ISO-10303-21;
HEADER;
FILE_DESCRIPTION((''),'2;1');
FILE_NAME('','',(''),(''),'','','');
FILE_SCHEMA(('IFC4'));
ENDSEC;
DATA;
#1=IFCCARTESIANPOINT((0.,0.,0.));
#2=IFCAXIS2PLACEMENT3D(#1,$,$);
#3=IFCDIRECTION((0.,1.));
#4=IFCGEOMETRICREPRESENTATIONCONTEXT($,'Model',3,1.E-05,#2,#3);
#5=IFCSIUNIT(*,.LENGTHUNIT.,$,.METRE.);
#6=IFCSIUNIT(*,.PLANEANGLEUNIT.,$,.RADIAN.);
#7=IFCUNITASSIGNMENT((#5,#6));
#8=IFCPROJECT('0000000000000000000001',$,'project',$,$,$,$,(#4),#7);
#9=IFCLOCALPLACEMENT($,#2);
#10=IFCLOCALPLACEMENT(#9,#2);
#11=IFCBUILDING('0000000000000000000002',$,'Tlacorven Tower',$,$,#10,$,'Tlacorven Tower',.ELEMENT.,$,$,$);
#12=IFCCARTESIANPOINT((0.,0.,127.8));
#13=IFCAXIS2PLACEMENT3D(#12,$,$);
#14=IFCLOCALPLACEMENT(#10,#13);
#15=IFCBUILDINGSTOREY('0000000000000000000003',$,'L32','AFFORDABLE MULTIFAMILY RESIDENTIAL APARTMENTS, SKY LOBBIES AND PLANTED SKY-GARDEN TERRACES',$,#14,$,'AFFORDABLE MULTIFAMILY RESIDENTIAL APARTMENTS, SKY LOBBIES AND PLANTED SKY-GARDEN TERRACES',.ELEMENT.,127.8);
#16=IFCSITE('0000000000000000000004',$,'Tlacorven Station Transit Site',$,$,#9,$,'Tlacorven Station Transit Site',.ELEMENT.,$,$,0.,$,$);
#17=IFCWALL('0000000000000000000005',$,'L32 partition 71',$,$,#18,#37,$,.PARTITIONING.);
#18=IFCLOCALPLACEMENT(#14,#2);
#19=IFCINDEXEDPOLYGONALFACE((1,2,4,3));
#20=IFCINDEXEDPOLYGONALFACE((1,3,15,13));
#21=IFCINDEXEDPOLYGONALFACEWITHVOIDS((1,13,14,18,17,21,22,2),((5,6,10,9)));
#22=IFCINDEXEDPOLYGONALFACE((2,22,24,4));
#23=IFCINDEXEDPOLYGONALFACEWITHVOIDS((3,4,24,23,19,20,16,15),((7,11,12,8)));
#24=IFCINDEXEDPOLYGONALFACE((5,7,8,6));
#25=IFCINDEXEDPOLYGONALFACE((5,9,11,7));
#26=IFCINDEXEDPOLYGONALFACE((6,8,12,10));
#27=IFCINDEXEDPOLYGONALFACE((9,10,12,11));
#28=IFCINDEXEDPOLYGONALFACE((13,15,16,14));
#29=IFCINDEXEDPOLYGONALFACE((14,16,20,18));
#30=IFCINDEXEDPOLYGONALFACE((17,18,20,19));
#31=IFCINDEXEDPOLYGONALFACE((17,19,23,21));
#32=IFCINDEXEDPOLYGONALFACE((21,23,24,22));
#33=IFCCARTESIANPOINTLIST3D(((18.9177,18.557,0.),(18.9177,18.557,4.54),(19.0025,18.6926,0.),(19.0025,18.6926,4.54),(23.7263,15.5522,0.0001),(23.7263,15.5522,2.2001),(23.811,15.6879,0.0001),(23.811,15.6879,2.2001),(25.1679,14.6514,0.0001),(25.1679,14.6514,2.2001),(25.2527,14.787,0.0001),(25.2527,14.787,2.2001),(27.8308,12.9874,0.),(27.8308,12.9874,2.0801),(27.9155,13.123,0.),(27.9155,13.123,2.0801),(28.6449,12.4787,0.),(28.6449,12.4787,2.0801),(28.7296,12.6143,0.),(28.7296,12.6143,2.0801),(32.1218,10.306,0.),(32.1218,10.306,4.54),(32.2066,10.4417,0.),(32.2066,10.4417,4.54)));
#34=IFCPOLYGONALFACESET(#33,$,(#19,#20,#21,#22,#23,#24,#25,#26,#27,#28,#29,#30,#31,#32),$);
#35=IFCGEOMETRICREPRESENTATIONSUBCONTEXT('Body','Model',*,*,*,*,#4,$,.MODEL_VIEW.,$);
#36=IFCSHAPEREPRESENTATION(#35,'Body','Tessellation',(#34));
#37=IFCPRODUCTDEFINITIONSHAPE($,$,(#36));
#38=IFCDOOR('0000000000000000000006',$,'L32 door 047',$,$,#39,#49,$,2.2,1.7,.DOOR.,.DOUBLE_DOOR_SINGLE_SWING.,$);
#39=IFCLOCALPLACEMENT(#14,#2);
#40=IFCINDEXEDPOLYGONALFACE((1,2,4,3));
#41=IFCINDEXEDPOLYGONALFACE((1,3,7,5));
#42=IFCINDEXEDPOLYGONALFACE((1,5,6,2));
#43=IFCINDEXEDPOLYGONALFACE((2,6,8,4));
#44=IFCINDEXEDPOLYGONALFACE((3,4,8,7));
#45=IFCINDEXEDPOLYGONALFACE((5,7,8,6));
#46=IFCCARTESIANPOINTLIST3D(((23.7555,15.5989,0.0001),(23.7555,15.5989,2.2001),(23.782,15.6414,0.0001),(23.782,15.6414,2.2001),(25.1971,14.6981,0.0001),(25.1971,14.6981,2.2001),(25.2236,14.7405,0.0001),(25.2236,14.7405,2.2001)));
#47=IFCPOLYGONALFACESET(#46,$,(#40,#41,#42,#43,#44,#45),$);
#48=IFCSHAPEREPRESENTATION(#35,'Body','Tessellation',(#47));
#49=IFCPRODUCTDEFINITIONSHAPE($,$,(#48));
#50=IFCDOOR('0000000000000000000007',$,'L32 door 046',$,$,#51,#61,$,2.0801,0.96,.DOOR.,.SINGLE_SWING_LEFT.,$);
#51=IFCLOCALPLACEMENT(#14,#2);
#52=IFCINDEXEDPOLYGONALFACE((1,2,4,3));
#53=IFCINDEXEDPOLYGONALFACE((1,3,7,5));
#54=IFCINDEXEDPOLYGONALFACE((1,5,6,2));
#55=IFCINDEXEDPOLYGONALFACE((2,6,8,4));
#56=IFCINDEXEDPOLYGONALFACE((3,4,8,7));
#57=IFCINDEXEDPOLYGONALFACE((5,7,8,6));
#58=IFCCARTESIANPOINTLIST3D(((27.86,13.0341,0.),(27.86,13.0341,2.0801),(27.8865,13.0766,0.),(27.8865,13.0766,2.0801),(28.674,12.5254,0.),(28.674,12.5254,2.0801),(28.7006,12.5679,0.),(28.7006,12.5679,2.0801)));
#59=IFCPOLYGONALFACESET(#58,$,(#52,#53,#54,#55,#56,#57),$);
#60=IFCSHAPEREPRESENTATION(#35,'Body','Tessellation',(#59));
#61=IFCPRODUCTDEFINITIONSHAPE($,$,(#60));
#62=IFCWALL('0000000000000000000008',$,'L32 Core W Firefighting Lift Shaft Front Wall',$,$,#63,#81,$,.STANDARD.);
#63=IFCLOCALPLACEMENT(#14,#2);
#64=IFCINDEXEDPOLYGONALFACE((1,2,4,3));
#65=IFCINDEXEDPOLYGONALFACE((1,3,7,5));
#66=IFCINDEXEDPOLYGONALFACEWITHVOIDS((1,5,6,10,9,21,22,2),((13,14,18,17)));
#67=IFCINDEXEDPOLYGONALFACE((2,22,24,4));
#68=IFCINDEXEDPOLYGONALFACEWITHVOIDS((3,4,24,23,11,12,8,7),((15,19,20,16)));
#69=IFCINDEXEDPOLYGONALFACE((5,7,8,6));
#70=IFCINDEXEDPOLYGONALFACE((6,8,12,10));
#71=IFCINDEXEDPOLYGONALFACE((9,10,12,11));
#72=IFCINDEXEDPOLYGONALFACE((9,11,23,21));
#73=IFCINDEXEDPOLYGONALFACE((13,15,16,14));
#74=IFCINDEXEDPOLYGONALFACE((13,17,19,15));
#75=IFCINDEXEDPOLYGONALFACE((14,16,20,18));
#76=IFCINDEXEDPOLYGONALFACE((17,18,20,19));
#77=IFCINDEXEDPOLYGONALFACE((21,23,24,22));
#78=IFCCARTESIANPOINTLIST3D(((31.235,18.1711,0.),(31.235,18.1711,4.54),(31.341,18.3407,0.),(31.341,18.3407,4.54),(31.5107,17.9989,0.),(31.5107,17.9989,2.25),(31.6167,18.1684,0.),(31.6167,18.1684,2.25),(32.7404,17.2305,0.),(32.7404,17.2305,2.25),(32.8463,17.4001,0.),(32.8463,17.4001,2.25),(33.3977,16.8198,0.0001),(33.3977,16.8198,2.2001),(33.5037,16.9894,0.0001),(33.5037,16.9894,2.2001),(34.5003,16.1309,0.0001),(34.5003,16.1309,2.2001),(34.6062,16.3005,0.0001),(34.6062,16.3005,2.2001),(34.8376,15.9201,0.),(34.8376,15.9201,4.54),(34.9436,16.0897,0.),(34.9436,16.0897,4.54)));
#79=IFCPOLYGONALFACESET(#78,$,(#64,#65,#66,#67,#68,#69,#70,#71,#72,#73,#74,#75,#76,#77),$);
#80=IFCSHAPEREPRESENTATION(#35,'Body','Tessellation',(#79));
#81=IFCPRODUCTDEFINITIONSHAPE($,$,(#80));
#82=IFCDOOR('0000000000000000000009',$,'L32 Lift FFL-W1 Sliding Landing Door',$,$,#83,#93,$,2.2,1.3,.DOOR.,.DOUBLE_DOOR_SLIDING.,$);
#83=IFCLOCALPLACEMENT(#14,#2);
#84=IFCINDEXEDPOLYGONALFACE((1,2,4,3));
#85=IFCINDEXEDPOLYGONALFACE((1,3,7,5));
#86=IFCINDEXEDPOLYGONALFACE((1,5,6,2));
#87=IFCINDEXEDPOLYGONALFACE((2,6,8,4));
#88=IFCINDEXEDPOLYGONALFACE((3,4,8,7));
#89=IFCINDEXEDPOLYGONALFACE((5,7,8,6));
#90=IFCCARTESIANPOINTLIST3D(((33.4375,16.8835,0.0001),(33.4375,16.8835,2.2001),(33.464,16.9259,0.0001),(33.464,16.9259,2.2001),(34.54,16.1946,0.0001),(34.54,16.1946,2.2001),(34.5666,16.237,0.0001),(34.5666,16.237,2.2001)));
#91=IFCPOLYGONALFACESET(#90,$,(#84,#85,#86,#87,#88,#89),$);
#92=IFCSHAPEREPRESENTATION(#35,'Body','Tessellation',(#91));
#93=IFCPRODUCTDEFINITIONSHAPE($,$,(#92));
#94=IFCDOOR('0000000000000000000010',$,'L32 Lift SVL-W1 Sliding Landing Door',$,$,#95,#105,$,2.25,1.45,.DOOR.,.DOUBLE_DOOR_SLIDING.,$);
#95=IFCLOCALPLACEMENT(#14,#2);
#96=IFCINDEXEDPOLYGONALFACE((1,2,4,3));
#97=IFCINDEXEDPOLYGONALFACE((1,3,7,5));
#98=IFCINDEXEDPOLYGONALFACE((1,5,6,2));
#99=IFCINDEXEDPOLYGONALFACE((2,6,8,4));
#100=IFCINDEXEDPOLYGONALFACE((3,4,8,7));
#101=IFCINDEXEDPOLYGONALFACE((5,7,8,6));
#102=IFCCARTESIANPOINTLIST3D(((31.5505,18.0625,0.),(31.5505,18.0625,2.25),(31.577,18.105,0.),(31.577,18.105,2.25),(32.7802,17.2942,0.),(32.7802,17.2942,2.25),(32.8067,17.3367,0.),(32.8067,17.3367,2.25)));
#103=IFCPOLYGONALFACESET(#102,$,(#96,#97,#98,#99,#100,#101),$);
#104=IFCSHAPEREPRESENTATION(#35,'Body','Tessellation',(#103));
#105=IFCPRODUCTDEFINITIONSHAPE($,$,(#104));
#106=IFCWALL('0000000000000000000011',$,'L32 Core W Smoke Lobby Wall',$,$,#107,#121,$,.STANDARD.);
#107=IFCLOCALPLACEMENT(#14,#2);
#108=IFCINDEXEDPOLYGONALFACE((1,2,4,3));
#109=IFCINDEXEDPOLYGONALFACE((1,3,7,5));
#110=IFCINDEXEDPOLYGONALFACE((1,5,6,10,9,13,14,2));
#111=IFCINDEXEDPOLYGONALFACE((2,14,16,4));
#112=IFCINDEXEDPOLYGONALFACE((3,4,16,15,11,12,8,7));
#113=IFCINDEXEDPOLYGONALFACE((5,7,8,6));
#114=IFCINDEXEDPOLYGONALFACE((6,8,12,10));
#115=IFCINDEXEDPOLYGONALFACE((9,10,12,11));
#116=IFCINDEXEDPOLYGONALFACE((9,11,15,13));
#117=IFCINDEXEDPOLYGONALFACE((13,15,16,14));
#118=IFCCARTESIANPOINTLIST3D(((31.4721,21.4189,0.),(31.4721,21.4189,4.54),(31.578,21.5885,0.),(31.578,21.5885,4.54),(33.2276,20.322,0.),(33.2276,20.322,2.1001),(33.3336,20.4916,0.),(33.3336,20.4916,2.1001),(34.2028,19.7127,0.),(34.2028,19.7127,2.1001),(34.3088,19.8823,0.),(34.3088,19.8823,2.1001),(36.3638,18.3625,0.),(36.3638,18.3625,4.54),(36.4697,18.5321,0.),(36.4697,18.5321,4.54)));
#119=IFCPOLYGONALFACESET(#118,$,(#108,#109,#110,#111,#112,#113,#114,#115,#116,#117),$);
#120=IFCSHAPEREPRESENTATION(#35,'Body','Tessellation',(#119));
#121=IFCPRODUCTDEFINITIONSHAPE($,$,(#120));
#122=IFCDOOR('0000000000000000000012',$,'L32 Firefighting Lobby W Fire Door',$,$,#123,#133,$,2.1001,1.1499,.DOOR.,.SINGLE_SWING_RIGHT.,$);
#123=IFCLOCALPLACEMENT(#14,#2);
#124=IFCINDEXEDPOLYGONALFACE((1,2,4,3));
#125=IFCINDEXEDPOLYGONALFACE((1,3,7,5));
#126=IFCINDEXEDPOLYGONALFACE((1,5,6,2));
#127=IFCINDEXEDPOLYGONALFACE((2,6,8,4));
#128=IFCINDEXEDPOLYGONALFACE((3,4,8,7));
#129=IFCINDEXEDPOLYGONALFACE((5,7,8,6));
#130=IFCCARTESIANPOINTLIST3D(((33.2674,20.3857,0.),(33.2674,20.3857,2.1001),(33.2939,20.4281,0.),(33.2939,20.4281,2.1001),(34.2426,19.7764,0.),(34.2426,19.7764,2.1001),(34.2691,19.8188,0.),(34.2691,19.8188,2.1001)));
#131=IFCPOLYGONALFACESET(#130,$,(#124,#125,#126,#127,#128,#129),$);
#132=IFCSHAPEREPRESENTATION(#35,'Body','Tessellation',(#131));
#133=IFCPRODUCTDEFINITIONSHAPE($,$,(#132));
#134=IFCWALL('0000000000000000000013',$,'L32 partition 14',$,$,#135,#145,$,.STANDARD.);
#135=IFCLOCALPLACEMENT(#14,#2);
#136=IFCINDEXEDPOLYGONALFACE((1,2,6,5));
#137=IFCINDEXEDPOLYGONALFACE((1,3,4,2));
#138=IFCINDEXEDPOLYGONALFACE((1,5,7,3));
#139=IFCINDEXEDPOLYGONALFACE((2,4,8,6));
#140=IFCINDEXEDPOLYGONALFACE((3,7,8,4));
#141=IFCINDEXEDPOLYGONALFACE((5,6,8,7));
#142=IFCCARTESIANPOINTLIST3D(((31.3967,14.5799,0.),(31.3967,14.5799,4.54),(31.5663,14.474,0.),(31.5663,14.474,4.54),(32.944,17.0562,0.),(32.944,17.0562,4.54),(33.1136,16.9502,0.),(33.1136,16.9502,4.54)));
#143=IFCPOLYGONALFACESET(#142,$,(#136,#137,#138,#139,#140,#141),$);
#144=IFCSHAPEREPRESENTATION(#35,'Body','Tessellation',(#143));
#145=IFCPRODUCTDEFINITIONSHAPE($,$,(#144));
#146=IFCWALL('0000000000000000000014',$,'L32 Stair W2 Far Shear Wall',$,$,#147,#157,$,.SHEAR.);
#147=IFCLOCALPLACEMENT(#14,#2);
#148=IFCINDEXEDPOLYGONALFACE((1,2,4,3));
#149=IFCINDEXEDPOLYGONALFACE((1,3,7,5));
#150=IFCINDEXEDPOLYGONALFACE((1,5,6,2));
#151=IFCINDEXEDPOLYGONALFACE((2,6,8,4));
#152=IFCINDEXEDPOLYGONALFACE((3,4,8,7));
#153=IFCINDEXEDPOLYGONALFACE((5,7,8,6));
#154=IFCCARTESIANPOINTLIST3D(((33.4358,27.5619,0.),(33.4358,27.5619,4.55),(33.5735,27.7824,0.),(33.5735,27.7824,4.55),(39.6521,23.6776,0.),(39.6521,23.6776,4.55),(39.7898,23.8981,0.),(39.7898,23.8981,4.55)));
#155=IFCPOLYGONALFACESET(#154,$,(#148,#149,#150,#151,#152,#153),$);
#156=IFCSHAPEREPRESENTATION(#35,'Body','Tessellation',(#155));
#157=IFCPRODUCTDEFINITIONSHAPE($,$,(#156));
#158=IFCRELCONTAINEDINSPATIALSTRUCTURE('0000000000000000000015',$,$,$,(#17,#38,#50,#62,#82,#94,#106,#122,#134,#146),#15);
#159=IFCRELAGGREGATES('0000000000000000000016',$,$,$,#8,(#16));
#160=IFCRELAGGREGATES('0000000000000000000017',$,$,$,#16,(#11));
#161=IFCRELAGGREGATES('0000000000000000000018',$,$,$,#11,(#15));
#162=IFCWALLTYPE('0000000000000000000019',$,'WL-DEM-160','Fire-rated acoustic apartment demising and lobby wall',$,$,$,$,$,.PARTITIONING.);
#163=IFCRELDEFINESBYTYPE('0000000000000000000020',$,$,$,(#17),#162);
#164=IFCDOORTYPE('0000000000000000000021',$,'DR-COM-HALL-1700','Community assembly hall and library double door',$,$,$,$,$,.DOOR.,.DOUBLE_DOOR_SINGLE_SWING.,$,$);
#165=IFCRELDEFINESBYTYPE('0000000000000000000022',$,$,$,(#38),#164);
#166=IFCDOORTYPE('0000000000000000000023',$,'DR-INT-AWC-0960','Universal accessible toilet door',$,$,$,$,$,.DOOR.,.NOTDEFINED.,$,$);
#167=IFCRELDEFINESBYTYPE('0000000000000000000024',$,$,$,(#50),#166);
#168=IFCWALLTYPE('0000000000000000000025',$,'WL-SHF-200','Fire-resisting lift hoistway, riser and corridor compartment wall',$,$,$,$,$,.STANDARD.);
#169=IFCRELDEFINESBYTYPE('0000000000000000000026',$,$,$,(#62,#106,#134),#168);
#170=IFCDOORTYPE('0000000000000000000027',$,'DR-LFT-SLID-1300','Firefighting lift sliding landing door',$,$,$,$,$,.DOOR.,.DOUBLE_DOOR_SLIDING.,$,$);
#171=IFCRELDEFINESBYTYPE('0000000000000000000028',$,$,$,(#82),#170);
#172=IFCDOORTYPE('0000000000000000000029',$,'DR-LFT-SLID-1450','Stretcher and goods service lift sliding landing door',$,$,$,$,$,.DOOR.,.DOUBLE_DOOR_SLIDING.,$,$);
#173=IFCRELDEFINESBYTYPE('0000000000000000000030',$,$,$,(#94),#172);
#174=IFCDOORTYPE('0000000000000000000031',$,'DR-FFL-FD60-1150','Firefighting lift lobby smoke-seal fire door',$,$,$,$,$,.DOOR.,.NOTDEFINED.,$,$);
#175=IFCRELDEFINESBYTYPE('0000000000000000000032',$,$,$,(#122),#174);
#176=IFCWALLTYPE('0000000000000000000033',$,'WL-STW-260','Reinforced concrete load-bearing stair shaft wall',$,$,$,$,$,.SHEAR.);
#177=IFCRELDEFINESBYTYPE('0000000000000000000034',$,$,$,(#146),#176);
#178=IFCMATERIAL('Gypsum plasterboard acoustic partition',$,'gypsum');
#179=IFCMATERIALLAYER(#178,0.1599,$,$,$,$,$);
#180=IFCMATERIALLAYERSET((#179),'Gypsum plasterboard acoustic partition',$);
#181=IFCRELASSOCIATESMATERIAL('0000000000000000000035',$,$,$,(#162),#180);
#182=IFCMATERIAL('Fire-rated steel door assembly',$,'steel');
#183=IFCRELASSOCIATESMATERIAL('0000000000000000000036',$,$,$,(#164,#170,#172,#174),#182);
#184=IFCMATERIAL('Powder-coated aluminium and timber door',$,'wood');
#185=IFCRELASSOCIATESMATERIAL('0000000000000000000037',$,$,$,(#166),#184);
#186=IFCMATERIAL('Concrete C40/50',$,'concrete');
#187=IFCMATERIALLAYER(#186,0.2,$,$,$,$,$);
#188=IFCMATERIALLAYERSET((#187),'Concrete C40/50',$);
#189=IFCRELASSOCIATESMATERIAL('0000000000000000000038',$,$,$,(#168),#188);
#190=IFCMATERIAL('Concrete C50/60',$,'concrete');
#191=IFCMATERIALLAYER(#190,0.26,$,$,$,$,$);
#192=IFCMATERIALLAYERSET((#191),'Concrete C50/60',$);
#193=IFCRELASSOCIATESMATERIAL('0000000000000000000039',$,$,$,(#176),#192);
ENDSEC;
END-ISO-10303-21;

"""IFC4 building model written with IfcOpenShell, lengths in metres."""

from ifc_helpers import new_model, si_unit, direction, frame, frame_2d, origin, place, context, subcontext, project, spatial, rectangle, extrude, source, transform, mapped, material, layer, layer_set, type_object, element, fill, save


model = new_model("IFC4")

# Units and contexts
model_context = context("Model", 3, precision=1e-05, world=origin(), true_north=direction((0.0, 1.0)))
body_context = subcontext(model_context, "Body", "Model", "MODEL_VIEW")
ifc_project = project(units=[si_unit("LENGTHUNIT", "METRE"), si_unit("PLANEANGLEUNIT", "RADIAN")], contexts=[model_context])

# Site, building, storey
site_placement = place(None, origin())
site = spatial("IfcSite", under=ifc_project, at=site_placement, Name="Tlacorven Station Transit Site", LongName="Tlacorven Station Transit Site", CompositionType="ELEMENT", RefElevation=0.0)
building_placement = place(site_placement, origin())
building = spatial("IfcBuilding", under=site, at=building_placement, Name="Tlacorven Tower", LongName="Tlacorven Tower", CompositionType="ELEMENT")
storey_placement = place(building_placement, frame((0.0, 0.0, 127.8)))
storey = spatial("IfcBuildingStorey", under=building, at=storey_placement, Name="L32", Description="AFFORDABLE MULTIFAMILY RESIDENTIAL APARTMENTS, SKY LOBBIES AND PLANTED SKY-GARDEN TERRACES", LongName="AFFORDABLE MULTIFAMILY RESIDENTIAL APARTMENTS, SKY LOBBIES AND PLANTED SKY-GARDEN TERRACES", CompositionType="ELEMENT", Elevation=127.8)

# Walls, openings, doors
ifc_material_1 = material(Name="Gypsum plasterboard acoustic partition", Category="gypsum")
ifc_layer_1 = layer(ifc_material_1, 0.1599)
ifc_layer_set_1 = layer_set([ifc_layer_1], Name="Gypsum plasterboard acoustic partition")
wall_type_1 = type_object("IfcWallType", Name="WL-DEM-160", Description="Fire-rated acoustic apartment demising and lobby wall", PredefinedType="PARTITIONING", material=ifc_layer_set_1)
wall_1_placement = place(storey_placement, frame((32.1643, 10.3738, 0.0), z_axis=(0.0, 0.0, 1.0), x_axis=(-0.848044, 0.529926, 0.0)))
wall_1 = element("IfcWall", 1, at=wall_1_placement, inside=storey, type_object=wall_type_1, Name="L32 partition 71", PredefinedType="PARTITIONING", context=body_context, shape_type="SweptSolid", body=[
    extrude(rectangle(XDim=15.5701, YDim=0.1599, at=frame_2d((7.7852, 0.0))), origin(), (0.0, 0.0, 1.0), 4.54),
])
opening_1_placement = place(wall_1_placement, frame((4.1001, 0.0, 0.0)))
opening_1 = element("IfcOpeningElement", 2, at=opening_1_placement, cuts=wall_1, PredefinedType="OPENING", context=body_context, shape_type="SweptSolid", body=[
    extrude(rectangle(XDim=0.96, YDim=2.0801, at=frame_2d((0.48, 1.04))), frame((0.0, 0.0898, 0.0), z_axis=(0.0, -1.0, 0.0), x_axis=(1.0, 0.0, 0.0)), (0.0, 0.0, 1.0), 0.1799),
])
opening_2_placement = place(wall_1_placement, frame((8.2, 0.0, 0.0)))
opening_2 = element("IfcOpeningElement", 3, at=opening_2_placement, cuts=wall_1, PredefinedType="OPENING", context=body_context, shape_type="SweptSolid", body=[
    extrude(rectangle(XDim=1.7, YDim=2.2, at=frame_2d((0.8501, 1.1001))), frame((0.0, 0.0898, 0.0), z_axis=(0.0, -1.0, 0.0), x_axis=(1.0, 0.0, 0.0)), (0.0, 0.0, 1.0), 0.1799),
])
ifc_material_2 = material(Name="Fire-rated steel door assembly", Category="steel")
door_type_1 = type_object("IfcDoorType", Name="DR-COM-HALL-1700", Description="Community assembly hall and library double door", OperationType="DOUBLE_DOOR_SINGLE_SWING", PredefinedType="DOOR", material=ifc_material_2)
shared_shape_1 = source(origin(), body_context, "Body", "SweptSolid", [
    extrude(rectangle(XDim=1.7, YDim=2.2, at=frame_2d((0.8501, 1.1001))), frame((0.0, 0.0249, 0.0), z_axis=(0.0, -1.0, 0.0), x_axis=(1.0, 0.0, 0.0)), (0.0, 0.0, 1.0), 0.05),
])
door_1_placement = place(opening_2_placement, origin())
door_1 = element("IfcDoor", 4, at=door_1_placement, inside=storey, type_object=door_type_1, Name="L32 door 047", OperationType="DOUBLE_DOOR_SINGLE_SWING", OverallHeight=2.2, OverallWidth=1.7, PredefinedType="DOOR", context=body_context, shape_type="MappedRepresentation", body=[
    mapped(shared_shape_1, transform((0.0, 0.0, 0.0), scale=1.0)),
])
fill(opening_2, door_1)
ifc_material_3 = material(Name="Powder-coated aluminium and timber door", Category="wood")
door_type_2 = type_object("IfcDoorType", Name="DR-INT-AWC-0960", Description="Universal accessible toilet door", OperationType="NOTDEFINED", PredefinedType="DOOR", material=ifc_material_3)
shared_shape_2 = source(origin(), body_context, "Body", "SweptSolid", [
    extrude(rectangle(XDim=0.96, YDim=2.0801, at=frame_2d((0.48, 1.04))), frame((0.0, 0.0249, 0.0), z_axis=(0.0, -1.0, 0.0), x_axis=(1.0, 0.0, 0.0)), (0.0, 0.0, 1.0), 0.05),
])
door_2_placement = place(opening_1_placement, origin())
door_2 = element("IfcDoor", 5, at=door_2_placement, inside=storey, type_object=door_type_2, Name="L32 door 046", OperationType="SINGLE_SWING_LEFT", OverallHeight=2.0801, OverallWidth=0.96, PredefinedType="DOOR", context=body_context, shape_type="MappedRepresentation", body=[
    mapped(shared_shape_2, transform((0.0, 0.0, 0.0), scale=1.0)),
])
fill(opening_1, door_2)
ifc_material_4 = material(Name="Concrete C40/50", Category="concrete")
ifc_layer_2 = layer(ifc_material_4, 0.2)
ifc_layer_set_2 = layer_set([ifc_layer_2], Name="Concrete C40/50")
wall_type_2 = type_object("IfcWallType", Name="WL-SHF-200", Description="Fire-resisting lift hoistway, riser and corridor compartment wall", PredefinedType="STANDARD", material=ifc_layer_set_2)
wall_2_placement = place(storey_placement, frame((34.8906, 16.0049, 0.0), z_axis=(0.0, 0.0, 1.0), x_axis=(-0.848063, 0.529896, 0.0)))
wall_2 = element("IfcWall", 6, at=wall_2_placement, inside=storey, type_object=wall_type_2, Name="L32 Core W Firefighting Lift Shaft Front Wall", PredefinedType="STANDARD", context=body_context, shape_type="SweptSolid", body=[
    extrude(rectangle(XDim=4.248, YDim=0.2, at=frame_2d((2.124, 0.0))), origin(), (0.0, 0.0, 1.0), 4.54),
])
opening_3_placement = place(wall_2_placement, frame((0.3979, 0.0, 0.0)))
opening_3 = element("IfcOpeningElement", 7, at=opening_3_placement, cuts=wall_2, PredefinedType="OPENING", context=body_context, shape_type="SweptSolid", body=[
    extrude(rectangle(XDim=1.3, YDim=2.2, at=frame_2d((0.6499, 1.1001))), frame((0.0, 0.1099, 0.0), z_axis=(0.0, -1.0, 0.0), x_axis=(1.0, 0.0, 0.0)), (0.0, 0.0, 1.0), 0.22),
])
opening_4_placement = place(wall_2_placement, frame((2.4729, 0.0, 0.0)))
opening_4 = element("IfcOpeningElement", 8, at=opening_4_placement, cuts=wall_2, PredefinedType="OPENING", context=body_context, shape_type="SweptSolid", body=[
    extrude(rectangle(XDim=1.45, YDim=2.25, at=frame_2d((0.7251, 1.125))), frame((0.0, 0.1099, 0.0), z_axis=(0.0, -1.0, 0.0), x_axis=(1.0, 0.0, 0.0)), (0.0, 0.0, 1.0), 0.22),
])
door_type_3 = type_object("IfcDoorType", Name="DR-LFT-SLID-1300", Description="Firefighting lift sliding landing door", OperationType="DOUBLE_DOOR_SLIDING", PredefinedType="DOOR", material=ifc_material_2)
shared_shape_3 = source(origin(), body_context, "Body", "SweptSolid", [
    extrude(rectangle(XDim=1.3, YDim=2.2, at=frame_2d((0.6499, 1.1001))), frame((0.0, 0.0249, 0.0), z_axis=(0.0, -1.0, 0.0), x_axis=(1.0, 0.0, 0.0)), (0.0, 0.0, 1.0), 0.05),
])
door_3_placement = place(opening_3_placement, origin())
door_3 = element("IfcDoor", 9, at=door_3_placement, inside=storey, type_object=door_type_3, Name="L32 Lift FFL-W1 Sliding Landing Door", OperationType="DOUBLE_DOOR_SLIDING", OverallHeight=2.2, OverallWidth=1.3, PredefinedType="DOOR", context=body_context, shape_type="MappedRepresentation", body=[
    mapped(shared_shape_3, transform((0.0, 0.0, 0.0), scale=1.0)),
])
fill(opening_3, door_3)
door_type_4 = type_object("IfcDoorType", Name="DR-LFT-SLID-1450", Description="Stretcher and goods service lift sliding landing door", OperationType="DOUBLE_DOOR_SLIDING", PredefinedType="DOOR", material=ifc_material_2)
shared_shape_4 = source(origin(), body_context, "Body", "SweptSolid", [
    extrude(rectangle(XDim=1.45, YDim=2.25, at=frame_2d((0.7251, 1.125))), frame((0.0, 0.0249, 0.0), z_axis=(0.0, -1.0, 0.0), x_axis=(1.0, 0.0, 0.0)), (0.0, 0.0, 1.0), 0.05),
])
door_4_placement = place(opening_4_placement, origin())
door_4 = element("IfcDoor", 10, at=door_4_placement, inside=storey, type_object=door_type_4, Name="L32 Lift SVL-W1 Sliding Landing Door", OperationType="DOUBLE_DOOR_SLIDING", OverallHeight=2.25, OverallWidth=1.45, PredefinedType="DOOR", context=body_context, shape_type="MappedRepresentation", body=[
    mapped(shared_shape_4, transform((0.0, 0.0, 0.0), scale=1.0)),
])
fill(opening_4, door_4)

# Wall, opening, door
wall_3_placement = place(storey_placement, frame((36.4167, 18.4473, 0.0), z_axis=(0.0, 0.0, 1.0), x_axis=(-0.848065, 0.529892, 0.0)))
wall_3 = element("IfcWall", 11, at=wall_3_placement, inside=storey, type_object=wall_type_2, Name="L32 Core W Smoke Lobby Wall", PredefinedType="STANDARD", context=body_context, shape_type="SweptSolid", body=[
    extrude(rectangle(XDim=5.7681, YDim=0.2, at=frame_2d((2.884, 0.0))), origin(), (0.0, 0.0, 1.0), 4.54),
])
opening_5_placement = place(wall_3_placement, frame((2.5481, 0.0, 0.0)))
opening_5 = element("IfcOpeningElement", 12, at=opening_5_placement, cuts=wall_3, PredefinedType="OPENING", context=body_context, shape_type="SweptSolid", body=[
    extrude(rectangle(XDim=1.1499, YDim=2.1001, at=frame_2d((0.575, 1.05))), frame((0.0, 0.1099, 0.0), z_axis=(0.0, -1.0, 0.0), x_axis=(1.0, 0.0, 0.0)), (0.0, 0.0, 1.0), 0.22),
])
door_type_5 = type_object("IfcDoorType", Name="DR-FFL-FD60-1150", Description="Firefighting lift lobby smoke-seal fire door", OperationType="NOTDEFINED", PredefinedType="DOOR", material=ifc_material_2)
shared_shape_5 = source(origin(), body_context, "Body", "SweptSolid", [
    extrude(rectangle(XDim=1.1499, YDim=2.1001, at=frame_2d((0.575, 1.05))), frame((0.0, 0.0249, 0.0), z_axis=(0.0, -1.0, 0.0), x_axis=(1.0, 0.0, 0.0)), (0.0, 0.0, 1.0), 0.05),
])
door_5_placement = place(opening_5_placement, origin())
door_5 = element("IfcDoor", 13, at=door_5_placement, inside=storey, type_object=door_type_5, Name="L32 Firefighting Lobby W Fire Door", OperationType="SINGLE_SWING_RIGHT", OverallHeight=2.1001, OverallWidth=1.1499, PredefinedType="DOOR", context=body_context, shape_type="MappedRepresentation", body=[
    mapped(shared_shape_5, transform((0.0, 0.0, 0.0), scale=1.0)),
])
fill(opening_5, door_5)

# Walls
wall_4_placement = place(storey_placement, frame((33.0288, 17.0032, 0.0), z_axis=(0.0, 0.0, 1.0), x_axis=(-0.529916, -0.84805, 0.0)))
element("IfcWall", 14, at=wall_4_placement, inside=storey, type_object=wall_type_2, Name="L32 partition 14", PredefinedType="STANDARD", context=body_context, shape_type="SweptSolid", body=[
    extrude(rectangle(XDim=2.9199, YDim=0.2, at=frame_2d((1.46, 0.0))), origin(), (0.0, 0.0, 1.0), 4.54),
])
ifc_material_5 = material(Name="Concrete C50/60", Category="concrete")
ifc_layer_3 = layer(ifc_material_5, 0.26)
ifc_layer_set_3 = layer_set([ifc_layer_3], Name="Concrete C50/60")
wall_type_3 = type_object("IfcWallType", Name="WL-STW-260", Description="Reinforced concrete load-bearing stair shaft wall", PredefinedType="SHEAR", material=ifc_layer_set_3)
wall_5_placement = place(storey_placement, frame((39.7209, 23.7878, 0.0), z_axis=(0.0, 0.0, 1.0), x_axis=(-0.848054, 0.529909, 0.0)))
element("IfcWall", 15, at=wall_5_placement, inside=storey, type_object=wall_type_3, Name="L32 Stair W2 Far Shear Wall", PredefinedType="SHEAR", context=body_context, shape_type="SweptSolid", body=[
    extrude(rectangle(XDim=7.3301, YDim=0.26, at=frame_2d((3.665, 0.0))), origin(), (0.0, 0.0, 1.0), 4.55),
])

save(model, "model.ifc")
